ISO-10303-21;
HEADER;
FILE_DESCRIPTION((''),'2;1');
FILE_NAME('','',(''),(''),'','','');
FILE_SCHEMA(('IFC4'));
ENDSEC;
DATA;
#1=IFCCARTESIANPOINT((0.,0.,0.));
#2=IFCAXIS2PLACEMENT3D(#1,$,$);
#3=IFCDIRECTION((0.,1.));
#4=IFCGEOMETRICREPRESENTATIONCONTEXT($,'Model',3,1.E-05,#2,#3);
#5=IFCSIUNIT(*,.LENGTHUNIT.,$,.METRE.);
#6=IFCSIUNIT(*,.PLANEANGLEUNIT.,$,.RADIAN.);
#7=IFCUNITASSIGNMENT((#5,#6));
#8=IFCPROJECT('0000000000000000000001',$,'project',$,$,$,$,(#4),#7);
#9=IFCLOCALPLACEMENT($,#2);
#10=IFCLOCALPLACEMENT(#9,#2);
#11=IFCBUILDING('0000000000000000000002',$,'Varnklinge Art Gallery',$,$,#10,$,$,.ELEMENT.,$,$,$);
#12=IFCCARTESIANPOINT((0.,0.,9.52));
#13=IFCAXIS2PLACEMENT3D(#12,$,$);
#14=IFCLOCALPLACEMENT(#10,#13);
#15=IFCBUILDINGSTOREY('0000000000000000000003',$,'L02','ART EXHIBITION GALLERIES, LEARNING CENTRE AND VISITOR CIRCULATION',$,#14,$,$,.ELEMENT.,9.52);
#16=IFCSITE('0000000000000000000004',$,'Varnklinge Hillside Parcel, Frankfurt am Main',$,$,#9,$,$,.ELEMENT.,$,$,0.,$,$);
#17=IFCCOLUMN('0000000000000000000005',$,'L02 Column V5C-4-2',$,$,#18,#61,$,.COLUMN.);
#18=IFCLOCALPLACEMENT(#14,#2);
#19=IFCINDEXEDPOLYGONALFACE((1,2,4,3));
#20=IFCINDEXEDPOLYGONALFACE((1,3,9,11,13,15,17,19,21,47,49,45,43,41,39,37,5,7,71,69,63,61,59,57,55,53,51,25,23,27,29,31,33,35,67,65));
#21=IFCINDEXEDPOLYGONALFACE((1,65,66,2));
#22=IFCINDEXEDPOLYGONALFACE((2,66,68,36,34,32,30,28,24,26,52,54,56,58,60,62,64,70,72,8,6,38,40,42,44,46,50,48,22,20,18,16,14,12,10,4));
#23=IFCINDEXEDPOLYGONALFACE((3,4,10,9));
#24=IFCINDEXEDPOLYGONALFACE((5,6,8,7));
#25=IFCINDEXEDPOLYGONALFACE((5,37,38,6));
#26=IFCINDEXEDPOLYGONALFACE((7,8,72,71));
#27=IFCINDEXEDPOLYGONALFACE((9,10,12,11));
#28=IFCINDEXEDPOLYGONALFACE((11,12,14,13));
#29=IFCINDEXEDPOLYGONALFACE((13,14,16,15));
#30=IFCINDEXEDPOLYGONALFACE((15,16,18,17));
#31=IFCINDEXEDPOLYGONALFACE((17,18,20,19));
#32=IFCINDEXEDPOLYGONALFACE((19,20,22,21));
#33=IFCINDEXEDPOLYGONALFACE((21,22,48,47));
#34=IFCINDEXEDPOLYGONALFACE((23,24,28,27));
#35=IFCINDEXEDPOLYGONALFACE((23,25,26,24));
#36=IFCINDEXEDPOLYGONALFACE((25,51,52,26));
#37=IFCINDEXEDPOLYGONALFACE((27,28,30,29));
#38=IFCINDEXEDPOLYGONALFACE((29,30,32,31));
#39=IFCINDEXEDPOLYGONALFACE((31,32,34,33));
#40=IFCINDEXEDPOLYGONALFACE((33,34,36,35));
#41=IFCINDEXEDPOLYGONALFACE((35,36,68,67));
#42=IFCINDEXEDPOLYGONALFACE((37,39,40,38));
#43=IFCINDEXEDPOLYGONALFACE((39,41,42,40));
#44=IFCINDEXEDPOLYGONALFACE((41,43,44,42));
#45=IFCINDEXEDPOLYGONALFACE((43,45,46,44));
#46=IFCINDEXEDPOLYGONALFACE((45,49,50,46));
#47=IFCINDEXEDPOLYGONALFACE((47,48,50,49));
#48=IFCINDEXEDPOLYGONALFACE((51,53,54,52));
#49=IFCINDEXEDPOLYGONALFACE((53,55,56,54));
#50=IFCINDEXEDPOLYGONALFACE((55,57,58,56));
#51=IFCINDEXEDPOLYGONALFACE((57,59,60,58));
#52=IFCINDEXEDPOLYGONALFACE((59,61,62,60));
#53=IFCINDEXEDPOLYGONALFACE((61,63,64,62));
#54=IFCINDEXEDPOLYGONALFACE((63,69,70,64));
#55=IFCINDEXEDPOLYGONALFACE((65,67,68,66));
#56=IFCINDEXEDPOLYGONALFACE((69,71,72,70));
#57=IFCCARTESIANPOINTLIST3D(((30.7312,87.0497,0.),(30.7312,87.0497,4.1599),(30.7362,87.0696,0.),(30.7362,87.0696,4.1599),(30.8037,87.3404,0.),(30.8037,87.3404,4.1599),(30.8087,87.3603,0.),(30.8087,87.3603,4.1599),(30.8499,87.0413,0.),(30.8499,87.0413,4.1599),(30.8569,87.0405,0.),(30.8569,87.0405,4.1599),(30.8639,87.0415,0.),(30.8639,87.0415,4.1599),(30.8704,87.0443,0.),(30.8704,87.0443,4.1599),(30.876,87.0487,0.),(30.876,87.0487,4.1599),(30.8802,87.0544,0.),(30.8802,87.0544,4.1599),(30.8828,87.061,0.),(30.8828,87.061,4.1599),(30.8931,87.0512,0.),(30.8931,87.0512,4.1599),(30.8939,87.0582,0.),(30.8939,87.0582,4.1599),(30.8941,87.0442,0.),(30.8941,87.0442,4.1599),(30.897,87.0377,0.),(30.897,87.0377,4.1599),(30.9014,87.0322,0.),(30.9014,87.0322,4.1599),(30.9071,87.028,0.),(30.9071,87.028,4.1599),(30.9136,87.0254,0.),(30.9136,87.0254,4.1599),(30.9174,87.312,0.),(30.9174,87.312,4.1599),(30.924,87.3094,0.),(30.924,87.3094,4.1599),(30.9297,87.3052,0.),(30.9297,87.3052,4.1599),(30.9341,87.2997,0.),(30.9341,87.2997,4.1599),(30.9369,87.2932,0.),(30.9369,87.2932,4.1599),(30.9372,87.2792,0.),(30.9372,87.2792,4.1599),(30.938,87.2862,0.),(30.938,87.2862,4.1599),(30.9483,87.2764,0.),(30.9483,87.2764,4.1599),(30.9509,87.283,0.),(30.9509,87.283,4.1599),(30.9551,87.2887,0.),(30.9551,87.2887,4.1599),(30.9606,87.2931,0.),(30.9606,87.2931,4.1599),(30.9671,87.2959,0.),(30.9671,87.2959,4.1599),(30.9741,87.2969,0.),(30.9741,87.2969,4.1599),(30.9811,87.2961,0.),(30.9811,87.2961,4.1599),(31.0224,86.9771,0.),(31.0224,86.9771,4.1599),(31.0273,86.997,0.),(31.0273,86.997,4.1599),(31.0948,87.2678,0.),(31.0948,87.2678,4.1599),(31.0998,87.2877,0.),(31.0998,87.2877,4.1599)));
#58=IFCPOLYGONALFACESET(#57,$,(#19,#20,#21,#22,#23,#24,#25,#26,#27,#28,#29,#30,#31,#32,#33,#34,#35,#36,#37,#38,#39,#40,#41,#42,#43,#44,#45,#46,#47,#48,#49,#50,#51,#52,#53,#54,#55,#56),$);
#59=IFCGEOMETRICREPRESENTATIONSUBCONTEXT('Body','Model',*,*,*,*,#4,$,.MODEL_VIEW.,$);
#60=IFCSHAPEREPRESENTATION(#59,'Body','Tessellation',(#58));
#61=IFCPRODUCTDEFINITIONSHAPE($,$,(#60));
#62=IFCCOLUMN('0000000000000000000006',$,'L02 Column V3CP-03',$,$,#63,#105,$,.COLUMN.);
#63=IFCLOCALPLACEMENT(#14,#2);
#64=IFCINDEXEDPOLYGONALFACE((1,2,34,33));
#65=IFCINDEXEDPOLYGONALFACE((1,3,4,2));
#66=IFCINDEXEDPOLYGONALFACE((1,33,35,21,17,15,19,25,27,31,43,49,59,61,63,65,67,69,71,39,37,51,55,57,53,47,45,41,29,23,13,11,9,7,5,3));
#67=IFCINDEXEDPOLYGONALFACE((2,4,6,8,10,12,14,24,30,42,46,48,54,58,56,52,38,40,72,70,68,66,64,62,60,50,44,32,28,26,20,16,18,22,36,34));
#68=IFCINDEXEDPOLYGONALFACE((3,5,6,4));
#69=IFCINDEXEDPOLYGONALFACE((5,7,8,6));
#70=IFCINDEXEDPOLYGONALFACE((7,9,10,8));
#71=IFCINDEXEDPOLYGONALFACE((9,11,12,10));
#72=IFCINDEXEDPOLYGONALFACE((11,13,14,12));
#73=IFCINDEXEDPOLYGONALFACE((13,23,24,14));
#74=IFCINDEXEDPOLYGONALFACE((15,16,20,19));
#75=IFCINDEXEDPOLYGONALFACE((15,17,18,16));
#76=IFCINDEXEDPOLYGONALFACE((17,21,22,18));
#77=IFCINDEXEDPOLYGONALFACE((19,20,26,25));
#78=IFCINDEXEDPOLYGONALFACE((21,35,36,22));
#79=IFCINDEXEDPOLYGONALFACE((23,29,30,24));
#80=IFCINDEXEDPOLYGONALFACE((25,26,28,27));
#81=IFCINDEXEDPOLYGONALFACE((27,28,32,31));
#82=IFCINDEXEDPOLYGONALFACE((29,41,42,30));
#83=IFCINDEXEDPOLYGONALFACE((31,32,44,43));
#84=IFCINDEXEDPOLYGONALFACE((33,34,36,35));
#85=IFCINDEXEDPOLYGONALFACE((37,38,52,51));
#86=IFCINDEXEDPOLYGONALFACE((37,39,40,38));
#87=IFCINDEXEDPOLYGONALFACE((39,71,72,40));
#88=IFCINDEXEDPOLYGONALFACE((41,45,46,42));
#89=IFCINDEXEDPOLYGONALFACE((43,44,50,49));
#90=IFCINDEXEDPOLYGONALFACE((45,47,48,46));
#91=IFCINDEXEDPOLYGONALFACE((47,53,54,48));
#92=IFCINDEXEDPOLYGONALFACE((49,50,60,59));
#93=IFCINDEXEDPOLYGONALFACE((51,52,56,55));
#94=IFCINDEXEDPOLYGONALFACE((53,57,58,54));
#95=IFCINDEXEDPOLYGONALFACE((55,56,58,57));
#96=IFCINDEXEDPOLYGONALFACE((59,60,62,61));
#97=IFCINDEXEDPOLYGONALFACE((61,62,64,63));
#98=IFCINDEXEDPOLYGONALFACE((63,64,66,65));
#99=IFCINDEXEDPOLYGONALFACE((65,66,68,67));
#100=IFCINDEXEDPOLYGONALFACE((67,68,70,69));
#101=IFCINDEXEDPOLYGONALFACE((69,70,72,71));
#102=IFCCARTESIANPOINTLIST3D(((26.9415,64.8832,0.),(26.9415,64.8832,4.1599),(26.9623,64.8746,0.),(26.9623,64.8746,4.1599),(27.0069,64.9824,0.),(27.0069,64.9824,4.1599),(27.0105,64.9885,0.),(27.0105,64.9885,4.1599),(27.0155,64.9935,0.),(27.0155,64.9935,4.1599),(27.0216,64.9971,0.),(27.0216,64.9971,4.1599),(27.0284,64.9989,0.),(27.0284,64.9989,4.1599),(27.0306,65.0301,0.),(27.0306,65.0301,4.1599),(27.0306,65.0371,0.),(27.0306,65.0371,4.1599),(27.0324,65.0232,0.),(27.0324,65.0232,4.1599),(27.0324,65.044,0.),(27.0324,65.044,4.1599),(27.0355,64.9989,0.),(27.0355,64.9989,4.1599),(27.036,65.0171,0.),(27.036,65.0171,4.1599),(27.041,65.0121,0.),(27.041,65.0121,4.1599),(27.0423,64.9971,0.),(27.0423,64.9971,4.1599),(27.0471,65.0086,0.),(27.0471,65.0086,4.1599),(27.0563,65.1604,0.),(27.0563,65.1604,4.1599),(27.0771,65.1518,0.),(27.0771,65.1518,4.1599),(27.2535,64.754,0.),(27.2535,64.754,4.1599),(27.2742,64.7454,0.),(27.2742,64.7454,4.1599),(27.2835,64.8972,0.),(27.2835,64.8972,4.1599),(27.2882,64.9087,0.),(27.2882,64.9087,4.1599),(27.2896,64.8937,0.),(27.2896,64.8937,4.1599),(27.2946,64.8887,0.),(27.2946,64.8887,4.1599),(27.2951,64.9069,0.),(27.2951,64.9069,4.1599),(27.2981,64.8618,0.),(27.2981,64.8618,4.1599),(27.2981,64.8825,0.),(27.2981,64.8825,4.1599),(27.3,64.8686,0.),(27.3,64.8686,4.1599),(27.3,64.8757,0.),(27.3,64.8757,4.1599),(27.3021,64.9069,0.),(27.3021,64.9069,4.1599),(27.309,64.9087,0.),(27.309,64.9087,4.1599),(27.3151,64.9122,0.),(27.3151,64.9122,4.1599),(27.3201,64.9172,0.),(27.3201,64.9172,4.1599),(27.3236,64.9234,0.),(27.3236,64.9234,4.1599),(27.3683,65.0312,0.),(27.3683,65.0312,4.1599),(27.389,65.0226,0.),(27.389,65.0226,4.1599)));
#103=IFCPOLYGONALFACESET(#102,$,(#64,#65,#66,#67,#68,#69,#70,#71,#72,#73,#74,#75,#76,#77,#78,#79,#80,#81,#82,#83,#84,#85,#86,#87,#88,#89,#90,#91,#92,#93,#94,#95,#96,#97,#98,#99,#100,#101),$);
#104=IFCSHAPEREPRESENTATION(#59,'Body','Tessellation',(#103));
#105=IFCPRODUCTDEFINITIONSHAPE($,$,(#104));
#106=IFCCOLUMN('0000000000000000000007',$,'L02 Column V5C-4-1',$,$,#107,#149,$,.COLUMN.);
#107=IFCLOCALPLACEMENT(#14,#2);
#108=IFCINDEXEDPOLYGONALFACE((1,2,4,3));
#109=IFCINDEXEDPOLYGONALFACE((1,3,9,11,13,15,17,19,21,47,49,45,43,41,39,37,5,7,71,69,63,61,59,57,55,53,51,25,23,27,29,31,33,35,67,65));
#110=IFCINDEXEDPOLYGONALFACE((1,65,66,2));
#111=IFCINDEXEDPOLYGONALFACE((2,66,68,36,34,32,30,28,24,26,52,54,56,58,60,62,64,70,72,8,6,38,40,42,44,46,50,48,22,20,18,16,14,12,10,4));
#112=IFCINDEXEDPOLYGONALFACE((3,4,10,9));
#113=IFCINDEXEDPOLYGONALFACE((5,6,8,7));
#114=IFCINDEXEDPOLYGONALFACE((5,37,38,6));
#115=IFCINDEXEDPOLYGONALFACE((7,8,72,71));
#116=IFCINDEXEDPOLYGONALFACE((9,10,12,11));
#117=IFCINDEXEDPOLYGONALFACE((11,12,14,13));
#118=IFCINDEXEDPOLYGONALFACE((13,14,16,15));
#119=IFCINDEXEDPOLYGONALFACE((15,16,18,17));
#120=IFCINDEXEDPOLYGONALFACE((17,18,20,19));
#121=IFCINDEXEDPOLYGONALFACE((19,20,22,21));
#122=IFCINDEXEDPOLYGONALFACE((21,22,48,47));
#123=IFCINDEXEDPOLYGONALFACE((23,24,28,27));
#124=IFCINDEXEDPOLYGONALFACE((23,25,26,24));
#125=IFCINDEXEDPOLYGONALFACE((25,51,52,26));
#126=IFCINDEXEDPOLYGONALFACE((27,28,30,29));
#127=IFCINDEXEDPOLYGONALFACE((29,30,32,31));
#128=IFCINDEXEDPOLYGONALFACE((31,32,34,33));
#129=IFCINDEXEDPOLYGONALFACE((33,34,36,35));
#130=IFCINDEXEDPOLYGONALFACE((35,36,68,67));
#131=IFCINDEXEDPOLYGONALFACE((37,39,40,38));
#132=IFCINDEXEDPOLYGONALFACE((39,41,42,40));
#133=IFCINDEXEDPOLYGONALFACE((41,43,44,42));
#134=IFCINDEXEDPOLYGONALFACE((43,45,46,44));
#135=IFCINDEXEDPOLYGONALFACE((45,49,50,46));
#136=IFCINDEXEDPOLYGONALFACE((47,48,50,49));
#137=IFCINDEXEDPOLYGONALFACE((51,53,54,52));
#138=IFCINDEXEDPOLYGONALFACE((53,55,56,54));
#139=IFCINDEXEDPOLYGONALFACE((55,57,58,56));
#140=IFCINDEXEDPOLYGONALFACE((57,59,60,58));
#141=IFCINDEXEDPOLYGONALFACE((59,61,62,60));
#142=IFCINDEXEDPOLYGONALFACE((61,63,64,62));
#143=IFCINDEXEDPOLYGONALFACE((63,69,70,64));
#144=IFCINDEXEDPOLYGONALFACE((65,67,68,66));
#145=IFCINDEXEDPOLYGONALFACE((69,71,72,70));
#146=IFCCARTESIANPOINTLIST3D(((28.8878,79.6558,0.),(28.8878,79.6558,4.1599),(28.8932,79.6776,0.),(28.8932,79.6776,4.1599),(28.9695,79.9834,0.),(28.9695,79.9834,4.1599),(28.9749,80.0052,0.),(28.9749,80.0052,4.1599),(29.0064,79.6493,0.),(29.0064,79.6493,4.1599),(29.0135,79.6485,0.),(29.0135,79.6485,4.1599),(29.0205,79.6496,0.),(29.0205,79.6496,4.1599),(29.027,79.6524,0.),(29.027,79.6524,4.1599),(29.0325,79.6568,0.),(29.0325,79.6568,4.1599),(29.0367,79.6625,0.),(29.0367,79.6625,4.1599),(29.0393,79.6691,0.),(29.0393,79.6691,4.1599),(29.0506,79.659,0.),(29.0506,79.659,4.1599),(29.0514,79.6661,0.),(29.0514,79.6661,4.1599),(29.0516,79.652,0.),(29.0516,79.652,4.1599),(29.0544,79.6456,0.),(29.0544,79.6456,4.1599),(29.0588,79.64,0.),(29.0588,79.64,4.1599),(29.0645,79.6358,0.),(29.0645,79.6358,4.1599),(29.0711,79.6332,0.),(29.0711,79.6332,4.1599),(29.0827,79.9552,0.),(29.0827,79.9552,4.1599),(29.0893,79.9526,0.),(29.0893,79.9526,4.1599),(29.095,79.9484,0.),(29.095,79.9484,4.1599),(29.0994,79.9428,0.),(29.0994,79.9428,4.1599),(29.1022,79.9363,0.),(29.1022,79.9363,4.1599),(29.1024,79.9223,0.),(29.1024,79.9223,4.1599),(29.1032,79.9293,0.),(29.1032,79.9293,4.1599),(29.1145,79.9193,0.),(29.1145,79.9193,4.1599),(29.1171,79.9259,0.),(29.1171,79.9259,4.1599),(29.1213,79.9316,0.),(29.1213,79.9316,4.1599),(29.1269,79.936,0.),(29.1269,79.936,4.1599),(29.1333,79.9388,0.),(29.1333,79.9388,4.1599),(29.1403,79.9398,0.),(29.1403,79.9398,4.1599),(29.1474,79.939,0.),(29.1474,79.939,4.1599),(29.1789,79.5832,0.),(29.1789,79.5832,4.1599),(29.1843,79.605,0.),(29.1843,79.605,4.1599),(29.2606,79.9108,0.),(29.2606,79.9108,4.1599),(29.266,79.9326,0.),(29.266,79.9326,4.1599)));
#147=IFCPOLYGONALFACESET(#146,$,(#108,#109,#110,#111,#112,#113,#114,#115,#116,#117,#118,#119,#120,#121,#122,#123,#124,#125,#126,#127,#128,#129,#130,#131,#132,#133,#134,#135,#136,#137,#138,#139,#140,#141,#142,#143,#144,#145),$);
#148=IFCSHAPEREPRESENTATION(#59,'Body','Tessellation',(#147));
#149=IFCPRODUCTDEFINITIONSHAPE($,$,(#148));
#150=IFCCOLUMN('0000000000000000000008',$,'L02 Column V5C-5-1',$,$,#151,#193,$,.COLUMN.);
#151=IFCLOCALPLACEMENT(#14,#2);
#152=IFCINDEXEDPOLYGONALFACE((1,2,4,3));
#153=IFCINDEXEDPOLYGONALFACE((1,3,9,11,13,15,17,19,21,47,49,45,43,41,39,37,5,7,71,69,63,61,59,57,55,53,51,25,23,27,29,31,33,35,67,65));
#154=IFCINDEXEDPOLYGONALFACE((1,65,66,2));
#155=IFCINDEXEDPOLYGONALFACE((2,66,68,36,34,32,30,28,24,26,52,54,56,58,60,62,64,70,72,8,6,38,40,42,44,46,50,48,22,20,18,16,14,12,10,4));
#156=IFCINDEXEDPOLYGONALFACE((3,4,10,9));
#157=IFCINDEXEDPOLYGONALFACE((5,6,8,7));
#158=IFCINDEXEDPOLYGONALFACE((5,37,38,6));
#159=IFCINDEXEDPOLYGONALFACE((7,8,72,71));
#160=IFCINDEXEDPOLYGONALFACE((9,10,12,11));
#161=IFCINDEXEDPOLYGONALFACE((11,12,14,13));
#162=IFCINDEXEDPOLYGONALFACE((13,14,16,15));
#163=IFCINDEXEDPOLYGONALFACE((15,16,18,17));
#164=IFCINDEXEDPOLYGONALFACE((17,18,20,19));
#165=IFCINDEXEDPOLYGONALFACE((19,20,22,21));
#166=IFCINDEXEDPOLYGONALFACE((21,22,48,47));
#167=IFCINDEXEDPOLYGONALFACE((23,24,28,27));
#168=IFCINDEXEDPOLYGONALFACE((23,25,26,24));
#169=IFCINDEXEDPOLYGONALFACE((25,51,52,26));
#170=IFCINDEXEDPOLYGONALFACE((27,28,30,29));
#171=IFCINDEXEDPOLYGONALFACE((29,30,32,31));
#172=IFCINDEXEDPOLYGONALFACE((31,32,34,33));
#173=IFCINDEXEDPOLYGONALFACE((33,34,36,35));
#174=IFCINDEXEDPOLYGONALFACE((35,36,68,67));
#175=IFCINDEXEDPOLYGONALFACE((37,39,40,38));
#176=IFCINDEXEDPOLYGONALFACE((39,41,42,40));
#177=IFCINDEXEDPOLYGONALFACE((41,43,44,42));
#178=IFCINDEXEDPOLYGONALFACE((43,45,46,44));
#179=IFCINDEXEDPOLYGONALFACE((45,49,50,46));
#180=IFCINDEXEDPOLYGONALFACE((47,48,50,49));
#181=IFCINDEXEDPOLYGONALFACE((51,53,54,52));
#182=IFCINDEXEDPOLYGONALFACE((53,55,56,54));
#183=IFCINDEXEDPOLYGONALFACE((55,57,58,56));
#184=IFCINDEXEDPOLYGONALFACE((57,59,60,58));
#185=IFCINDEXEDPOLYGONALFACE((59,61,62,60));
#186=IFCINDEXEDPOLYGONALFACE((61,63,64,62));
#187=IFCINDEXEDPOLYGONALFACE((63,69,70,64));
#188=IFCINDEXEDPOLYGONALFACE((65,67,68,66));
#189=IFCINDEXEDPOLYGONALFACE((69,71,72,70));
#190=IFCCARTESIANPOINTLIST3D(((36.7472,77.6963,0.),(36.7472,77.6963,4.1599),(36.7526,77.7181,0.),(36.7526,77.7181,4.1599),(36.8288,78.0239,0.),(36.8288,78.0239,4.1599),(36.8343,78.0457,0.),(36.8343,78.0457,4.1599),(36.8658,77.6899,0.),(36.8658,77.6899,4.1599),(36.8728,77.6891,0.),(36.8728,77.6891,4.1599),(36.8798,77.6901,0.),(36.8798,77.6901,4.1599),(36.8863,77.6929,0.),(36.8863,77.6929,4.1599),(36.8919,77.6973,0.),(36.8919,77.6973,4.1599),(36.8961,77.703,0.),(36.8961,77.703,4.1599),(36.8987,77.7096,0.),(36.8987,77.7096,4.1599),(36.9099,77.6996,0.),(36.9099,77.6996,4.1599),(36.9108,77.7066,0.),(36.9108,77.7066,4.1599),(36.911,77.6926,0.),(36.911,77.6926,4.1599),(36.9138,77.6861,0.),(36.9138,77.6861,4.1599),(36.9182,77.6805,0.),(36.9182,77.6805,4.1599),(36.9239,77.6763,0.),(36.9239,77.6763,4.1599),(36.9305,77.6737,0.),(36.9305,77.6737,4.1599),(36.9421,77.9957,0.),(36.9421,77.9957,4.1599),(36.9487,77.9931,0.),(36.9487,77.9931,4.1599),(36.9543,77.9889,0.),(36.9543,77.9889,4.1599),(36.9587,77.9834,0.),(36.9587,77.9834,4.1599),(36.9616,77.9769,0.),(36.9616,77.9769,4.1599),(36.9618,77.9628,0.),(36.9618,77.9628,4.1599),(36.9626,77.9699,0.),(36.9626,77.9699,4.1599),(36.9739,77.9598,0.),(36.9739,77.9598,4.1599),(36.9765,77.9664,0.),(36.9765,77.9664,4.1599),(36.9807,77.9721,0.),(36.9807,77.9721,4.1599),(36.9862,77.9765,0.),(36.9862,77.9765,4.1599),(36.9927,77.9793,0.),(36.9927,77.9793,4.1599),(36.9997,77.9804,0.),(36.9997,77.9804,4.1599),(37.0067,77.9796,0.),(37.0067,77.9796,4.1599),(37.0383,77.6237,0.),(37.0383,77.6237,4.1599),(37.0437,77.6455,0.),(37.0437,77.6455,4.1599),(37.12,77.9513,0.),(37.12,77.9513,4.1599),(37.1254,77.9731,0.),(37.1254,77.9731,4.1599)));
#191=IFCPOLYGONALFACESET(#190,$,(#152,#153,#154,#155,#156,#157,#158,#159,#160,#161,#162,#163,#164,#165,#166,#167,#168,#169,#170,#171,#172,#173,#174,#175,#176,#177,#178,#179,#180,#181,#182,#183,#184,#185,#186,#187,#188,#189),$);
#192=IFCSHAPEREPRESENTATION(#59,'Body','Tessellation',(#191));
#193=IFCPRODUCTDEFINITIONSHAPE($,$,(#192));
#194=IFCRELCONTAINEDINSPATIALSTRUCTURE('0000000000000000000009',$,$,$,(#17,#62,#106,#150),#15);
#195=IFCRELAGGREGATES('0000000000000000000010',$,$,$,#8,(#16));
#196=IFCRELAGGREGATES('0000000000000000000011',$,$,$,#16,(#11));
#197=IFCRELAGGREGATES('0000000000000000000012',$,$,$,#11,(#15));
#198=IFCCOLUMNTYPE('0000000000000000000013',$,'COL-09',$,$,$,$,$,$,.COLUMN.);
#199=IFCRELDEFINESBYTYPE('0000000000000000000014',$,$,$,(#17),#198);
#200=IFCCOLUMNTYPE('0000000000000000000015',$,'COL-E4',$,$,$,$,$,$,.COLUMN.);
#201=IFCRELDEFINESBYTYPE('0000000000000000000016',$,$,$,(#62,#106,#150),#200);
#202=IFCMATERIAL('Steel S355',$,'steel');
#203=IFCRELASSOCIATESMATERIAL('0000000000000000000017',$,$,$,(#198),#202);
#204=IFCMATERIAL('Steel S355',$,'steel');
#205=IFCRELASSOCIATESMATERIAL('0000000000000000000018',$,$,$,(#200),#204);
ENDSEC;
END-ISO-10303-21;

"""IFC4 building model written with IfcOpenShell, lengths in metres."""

from ifc_helpers import new_model, si_unit, direction, frame, origin, origin_2d, place, context, subcontext, project, spatial, i_section, extrude, material, material_profile, profile_set, type_object, element, save


model = new_model("IFC4")

# Units and contexts
model_context = context("Model", 3, precision=1e-05, world=origin(), true_north=direction((0.0, 1.0)))
body_context = subcontext(model_context, "Body", "Model", "MODEL_VIEW")
ifc_project = project(units=[si_unit("LENGTHUNIT", "METRE"), si_unit("PLANEANGLEUNIT", "RADIAN")], contexts=[model_context])

# Site, building, storey
site_placement = place(None, origin())
site = spatial("IfcSite", under=ifc_project, at=site_placement, Name="Varnklinge Hillside Parcel, Frankfurt am Main", CompositionType="ELEMENT", RefElevation=0.0)
building_placement = place(site_placement, origin())
building = spatial("IfcBuilding", under=site, at=building_placement, Name="Varnklinge Art Gallery", CompositionType="ELEMENT")
storey_placement = place(building_placement, frame((0.0, 0.0, 9.52)))
storey = spatial("IfcBuildingStorey", under=building, at=storey_placement, Name="L02", Description="ART EXHIBITION GALLERIES, LEARNING CENTRE AND VISITOR CIRCULATION", CompositionType="ELEMENT", Elevation=9.52)

# Columns
ifc_material_1 = material(Name="Steel S355", Category="steel")
ifc_material_profile_1 = material_profile(ifc_material_1, i_section(OverallWidth=0.3, OverallDepth=0.3201, WebThickness=0.0115, FlangeThickness=0.0205, FilletRadius=0.0271, at=origin_2d()), Name="HEB 320")
ifc_profile_set_1 = profile_set([ifc_material_profile_1], Name="Steel S355")
column_type_1 = type_object("IfcColumnType", Name="COL-09", PredefinedType="COLUMN", material=ifc_profile_set_1)
column_placement = place(storey_placement, frame((30.9155, 87.1687, 0.0), z_axis=(0.0, 0.0, 1.0), x_axis=(0.970296, -0.241922, 0.0)))
element("IfcColumn", 1, at=column_placement, inside=storey, type_object=column_type_1, Name="L02 Column V5C-4-2", PredefinedType="COLUMN", context=body_context, shape_type="SweptSolid", body=[
    extrude(i_section(OverallWidth=0.3, OverallDepth=0.3201, WebThickness=0.0115, FlangeThickness=0.0205, FilletRadius=0.0271, at=origin_2d()), origin(), (0.0, 0.0, 1.0), 4.1599),
])
ifc_material_2 = material(Name="Steel S355", Category="steel")
ifc_material_profile_2 = material_profile(ifc_material_2, i_section(OverallWidth=0.3, OverallDepth=0.3601, WebThickness=0.0125, FlangeThickness=0.0225, FilletRadius=0.0271, at=origin_2d()), Name="HEB 360")
ifc_profile_set_2 = profile_set([ifc_material_profile_2], Name="Steel S355")
column_type_2 = type_object("IfcColumnType", Name="COL-E4", PredefinedType="COLUMN", material=ifc_profile_set_2)
for number, where, z_axis, x_axis, name in (
    (2, (27.1653, 64.9529, 0.0), (0.0, 0.0, 1.0), (0.382683, 0.92388, 0.0), "L02 Column V3CP-03"),
    (3, (29.0769, 79.7942, 0.0), (0.0, 0.0, 1.0), (0.970296, -0.241922, 0.0), "L02 Column V5C-4-1"),
    (4, (36.9363, 77.8347, 0.0), (0.0, 0.0, 1.0), (0.970296, -0.241922, 0.0), "L02 Column V5C-5-1"),
):
    element("IfcColumn", number, at=place(storey_placement, frame(where, z_axis=z_axis, x_axis=x_axis)), inside=storey, type_object=column_type_2, Name=name, PredefinedType="COLUMN", context=body_context, shape_type="SweptSolid", body=[
        extrude(i_section(OverallWidth=0.3, OverallDepth=0.3601, WebThickness=0.0125, FlangeThickness=0.0225, FilletRadius=0.0271, at=origin_2d()), origin(), (0.0, 0.0, 1.0), 4.1599),
    ])

save(model, "model.ifc")
